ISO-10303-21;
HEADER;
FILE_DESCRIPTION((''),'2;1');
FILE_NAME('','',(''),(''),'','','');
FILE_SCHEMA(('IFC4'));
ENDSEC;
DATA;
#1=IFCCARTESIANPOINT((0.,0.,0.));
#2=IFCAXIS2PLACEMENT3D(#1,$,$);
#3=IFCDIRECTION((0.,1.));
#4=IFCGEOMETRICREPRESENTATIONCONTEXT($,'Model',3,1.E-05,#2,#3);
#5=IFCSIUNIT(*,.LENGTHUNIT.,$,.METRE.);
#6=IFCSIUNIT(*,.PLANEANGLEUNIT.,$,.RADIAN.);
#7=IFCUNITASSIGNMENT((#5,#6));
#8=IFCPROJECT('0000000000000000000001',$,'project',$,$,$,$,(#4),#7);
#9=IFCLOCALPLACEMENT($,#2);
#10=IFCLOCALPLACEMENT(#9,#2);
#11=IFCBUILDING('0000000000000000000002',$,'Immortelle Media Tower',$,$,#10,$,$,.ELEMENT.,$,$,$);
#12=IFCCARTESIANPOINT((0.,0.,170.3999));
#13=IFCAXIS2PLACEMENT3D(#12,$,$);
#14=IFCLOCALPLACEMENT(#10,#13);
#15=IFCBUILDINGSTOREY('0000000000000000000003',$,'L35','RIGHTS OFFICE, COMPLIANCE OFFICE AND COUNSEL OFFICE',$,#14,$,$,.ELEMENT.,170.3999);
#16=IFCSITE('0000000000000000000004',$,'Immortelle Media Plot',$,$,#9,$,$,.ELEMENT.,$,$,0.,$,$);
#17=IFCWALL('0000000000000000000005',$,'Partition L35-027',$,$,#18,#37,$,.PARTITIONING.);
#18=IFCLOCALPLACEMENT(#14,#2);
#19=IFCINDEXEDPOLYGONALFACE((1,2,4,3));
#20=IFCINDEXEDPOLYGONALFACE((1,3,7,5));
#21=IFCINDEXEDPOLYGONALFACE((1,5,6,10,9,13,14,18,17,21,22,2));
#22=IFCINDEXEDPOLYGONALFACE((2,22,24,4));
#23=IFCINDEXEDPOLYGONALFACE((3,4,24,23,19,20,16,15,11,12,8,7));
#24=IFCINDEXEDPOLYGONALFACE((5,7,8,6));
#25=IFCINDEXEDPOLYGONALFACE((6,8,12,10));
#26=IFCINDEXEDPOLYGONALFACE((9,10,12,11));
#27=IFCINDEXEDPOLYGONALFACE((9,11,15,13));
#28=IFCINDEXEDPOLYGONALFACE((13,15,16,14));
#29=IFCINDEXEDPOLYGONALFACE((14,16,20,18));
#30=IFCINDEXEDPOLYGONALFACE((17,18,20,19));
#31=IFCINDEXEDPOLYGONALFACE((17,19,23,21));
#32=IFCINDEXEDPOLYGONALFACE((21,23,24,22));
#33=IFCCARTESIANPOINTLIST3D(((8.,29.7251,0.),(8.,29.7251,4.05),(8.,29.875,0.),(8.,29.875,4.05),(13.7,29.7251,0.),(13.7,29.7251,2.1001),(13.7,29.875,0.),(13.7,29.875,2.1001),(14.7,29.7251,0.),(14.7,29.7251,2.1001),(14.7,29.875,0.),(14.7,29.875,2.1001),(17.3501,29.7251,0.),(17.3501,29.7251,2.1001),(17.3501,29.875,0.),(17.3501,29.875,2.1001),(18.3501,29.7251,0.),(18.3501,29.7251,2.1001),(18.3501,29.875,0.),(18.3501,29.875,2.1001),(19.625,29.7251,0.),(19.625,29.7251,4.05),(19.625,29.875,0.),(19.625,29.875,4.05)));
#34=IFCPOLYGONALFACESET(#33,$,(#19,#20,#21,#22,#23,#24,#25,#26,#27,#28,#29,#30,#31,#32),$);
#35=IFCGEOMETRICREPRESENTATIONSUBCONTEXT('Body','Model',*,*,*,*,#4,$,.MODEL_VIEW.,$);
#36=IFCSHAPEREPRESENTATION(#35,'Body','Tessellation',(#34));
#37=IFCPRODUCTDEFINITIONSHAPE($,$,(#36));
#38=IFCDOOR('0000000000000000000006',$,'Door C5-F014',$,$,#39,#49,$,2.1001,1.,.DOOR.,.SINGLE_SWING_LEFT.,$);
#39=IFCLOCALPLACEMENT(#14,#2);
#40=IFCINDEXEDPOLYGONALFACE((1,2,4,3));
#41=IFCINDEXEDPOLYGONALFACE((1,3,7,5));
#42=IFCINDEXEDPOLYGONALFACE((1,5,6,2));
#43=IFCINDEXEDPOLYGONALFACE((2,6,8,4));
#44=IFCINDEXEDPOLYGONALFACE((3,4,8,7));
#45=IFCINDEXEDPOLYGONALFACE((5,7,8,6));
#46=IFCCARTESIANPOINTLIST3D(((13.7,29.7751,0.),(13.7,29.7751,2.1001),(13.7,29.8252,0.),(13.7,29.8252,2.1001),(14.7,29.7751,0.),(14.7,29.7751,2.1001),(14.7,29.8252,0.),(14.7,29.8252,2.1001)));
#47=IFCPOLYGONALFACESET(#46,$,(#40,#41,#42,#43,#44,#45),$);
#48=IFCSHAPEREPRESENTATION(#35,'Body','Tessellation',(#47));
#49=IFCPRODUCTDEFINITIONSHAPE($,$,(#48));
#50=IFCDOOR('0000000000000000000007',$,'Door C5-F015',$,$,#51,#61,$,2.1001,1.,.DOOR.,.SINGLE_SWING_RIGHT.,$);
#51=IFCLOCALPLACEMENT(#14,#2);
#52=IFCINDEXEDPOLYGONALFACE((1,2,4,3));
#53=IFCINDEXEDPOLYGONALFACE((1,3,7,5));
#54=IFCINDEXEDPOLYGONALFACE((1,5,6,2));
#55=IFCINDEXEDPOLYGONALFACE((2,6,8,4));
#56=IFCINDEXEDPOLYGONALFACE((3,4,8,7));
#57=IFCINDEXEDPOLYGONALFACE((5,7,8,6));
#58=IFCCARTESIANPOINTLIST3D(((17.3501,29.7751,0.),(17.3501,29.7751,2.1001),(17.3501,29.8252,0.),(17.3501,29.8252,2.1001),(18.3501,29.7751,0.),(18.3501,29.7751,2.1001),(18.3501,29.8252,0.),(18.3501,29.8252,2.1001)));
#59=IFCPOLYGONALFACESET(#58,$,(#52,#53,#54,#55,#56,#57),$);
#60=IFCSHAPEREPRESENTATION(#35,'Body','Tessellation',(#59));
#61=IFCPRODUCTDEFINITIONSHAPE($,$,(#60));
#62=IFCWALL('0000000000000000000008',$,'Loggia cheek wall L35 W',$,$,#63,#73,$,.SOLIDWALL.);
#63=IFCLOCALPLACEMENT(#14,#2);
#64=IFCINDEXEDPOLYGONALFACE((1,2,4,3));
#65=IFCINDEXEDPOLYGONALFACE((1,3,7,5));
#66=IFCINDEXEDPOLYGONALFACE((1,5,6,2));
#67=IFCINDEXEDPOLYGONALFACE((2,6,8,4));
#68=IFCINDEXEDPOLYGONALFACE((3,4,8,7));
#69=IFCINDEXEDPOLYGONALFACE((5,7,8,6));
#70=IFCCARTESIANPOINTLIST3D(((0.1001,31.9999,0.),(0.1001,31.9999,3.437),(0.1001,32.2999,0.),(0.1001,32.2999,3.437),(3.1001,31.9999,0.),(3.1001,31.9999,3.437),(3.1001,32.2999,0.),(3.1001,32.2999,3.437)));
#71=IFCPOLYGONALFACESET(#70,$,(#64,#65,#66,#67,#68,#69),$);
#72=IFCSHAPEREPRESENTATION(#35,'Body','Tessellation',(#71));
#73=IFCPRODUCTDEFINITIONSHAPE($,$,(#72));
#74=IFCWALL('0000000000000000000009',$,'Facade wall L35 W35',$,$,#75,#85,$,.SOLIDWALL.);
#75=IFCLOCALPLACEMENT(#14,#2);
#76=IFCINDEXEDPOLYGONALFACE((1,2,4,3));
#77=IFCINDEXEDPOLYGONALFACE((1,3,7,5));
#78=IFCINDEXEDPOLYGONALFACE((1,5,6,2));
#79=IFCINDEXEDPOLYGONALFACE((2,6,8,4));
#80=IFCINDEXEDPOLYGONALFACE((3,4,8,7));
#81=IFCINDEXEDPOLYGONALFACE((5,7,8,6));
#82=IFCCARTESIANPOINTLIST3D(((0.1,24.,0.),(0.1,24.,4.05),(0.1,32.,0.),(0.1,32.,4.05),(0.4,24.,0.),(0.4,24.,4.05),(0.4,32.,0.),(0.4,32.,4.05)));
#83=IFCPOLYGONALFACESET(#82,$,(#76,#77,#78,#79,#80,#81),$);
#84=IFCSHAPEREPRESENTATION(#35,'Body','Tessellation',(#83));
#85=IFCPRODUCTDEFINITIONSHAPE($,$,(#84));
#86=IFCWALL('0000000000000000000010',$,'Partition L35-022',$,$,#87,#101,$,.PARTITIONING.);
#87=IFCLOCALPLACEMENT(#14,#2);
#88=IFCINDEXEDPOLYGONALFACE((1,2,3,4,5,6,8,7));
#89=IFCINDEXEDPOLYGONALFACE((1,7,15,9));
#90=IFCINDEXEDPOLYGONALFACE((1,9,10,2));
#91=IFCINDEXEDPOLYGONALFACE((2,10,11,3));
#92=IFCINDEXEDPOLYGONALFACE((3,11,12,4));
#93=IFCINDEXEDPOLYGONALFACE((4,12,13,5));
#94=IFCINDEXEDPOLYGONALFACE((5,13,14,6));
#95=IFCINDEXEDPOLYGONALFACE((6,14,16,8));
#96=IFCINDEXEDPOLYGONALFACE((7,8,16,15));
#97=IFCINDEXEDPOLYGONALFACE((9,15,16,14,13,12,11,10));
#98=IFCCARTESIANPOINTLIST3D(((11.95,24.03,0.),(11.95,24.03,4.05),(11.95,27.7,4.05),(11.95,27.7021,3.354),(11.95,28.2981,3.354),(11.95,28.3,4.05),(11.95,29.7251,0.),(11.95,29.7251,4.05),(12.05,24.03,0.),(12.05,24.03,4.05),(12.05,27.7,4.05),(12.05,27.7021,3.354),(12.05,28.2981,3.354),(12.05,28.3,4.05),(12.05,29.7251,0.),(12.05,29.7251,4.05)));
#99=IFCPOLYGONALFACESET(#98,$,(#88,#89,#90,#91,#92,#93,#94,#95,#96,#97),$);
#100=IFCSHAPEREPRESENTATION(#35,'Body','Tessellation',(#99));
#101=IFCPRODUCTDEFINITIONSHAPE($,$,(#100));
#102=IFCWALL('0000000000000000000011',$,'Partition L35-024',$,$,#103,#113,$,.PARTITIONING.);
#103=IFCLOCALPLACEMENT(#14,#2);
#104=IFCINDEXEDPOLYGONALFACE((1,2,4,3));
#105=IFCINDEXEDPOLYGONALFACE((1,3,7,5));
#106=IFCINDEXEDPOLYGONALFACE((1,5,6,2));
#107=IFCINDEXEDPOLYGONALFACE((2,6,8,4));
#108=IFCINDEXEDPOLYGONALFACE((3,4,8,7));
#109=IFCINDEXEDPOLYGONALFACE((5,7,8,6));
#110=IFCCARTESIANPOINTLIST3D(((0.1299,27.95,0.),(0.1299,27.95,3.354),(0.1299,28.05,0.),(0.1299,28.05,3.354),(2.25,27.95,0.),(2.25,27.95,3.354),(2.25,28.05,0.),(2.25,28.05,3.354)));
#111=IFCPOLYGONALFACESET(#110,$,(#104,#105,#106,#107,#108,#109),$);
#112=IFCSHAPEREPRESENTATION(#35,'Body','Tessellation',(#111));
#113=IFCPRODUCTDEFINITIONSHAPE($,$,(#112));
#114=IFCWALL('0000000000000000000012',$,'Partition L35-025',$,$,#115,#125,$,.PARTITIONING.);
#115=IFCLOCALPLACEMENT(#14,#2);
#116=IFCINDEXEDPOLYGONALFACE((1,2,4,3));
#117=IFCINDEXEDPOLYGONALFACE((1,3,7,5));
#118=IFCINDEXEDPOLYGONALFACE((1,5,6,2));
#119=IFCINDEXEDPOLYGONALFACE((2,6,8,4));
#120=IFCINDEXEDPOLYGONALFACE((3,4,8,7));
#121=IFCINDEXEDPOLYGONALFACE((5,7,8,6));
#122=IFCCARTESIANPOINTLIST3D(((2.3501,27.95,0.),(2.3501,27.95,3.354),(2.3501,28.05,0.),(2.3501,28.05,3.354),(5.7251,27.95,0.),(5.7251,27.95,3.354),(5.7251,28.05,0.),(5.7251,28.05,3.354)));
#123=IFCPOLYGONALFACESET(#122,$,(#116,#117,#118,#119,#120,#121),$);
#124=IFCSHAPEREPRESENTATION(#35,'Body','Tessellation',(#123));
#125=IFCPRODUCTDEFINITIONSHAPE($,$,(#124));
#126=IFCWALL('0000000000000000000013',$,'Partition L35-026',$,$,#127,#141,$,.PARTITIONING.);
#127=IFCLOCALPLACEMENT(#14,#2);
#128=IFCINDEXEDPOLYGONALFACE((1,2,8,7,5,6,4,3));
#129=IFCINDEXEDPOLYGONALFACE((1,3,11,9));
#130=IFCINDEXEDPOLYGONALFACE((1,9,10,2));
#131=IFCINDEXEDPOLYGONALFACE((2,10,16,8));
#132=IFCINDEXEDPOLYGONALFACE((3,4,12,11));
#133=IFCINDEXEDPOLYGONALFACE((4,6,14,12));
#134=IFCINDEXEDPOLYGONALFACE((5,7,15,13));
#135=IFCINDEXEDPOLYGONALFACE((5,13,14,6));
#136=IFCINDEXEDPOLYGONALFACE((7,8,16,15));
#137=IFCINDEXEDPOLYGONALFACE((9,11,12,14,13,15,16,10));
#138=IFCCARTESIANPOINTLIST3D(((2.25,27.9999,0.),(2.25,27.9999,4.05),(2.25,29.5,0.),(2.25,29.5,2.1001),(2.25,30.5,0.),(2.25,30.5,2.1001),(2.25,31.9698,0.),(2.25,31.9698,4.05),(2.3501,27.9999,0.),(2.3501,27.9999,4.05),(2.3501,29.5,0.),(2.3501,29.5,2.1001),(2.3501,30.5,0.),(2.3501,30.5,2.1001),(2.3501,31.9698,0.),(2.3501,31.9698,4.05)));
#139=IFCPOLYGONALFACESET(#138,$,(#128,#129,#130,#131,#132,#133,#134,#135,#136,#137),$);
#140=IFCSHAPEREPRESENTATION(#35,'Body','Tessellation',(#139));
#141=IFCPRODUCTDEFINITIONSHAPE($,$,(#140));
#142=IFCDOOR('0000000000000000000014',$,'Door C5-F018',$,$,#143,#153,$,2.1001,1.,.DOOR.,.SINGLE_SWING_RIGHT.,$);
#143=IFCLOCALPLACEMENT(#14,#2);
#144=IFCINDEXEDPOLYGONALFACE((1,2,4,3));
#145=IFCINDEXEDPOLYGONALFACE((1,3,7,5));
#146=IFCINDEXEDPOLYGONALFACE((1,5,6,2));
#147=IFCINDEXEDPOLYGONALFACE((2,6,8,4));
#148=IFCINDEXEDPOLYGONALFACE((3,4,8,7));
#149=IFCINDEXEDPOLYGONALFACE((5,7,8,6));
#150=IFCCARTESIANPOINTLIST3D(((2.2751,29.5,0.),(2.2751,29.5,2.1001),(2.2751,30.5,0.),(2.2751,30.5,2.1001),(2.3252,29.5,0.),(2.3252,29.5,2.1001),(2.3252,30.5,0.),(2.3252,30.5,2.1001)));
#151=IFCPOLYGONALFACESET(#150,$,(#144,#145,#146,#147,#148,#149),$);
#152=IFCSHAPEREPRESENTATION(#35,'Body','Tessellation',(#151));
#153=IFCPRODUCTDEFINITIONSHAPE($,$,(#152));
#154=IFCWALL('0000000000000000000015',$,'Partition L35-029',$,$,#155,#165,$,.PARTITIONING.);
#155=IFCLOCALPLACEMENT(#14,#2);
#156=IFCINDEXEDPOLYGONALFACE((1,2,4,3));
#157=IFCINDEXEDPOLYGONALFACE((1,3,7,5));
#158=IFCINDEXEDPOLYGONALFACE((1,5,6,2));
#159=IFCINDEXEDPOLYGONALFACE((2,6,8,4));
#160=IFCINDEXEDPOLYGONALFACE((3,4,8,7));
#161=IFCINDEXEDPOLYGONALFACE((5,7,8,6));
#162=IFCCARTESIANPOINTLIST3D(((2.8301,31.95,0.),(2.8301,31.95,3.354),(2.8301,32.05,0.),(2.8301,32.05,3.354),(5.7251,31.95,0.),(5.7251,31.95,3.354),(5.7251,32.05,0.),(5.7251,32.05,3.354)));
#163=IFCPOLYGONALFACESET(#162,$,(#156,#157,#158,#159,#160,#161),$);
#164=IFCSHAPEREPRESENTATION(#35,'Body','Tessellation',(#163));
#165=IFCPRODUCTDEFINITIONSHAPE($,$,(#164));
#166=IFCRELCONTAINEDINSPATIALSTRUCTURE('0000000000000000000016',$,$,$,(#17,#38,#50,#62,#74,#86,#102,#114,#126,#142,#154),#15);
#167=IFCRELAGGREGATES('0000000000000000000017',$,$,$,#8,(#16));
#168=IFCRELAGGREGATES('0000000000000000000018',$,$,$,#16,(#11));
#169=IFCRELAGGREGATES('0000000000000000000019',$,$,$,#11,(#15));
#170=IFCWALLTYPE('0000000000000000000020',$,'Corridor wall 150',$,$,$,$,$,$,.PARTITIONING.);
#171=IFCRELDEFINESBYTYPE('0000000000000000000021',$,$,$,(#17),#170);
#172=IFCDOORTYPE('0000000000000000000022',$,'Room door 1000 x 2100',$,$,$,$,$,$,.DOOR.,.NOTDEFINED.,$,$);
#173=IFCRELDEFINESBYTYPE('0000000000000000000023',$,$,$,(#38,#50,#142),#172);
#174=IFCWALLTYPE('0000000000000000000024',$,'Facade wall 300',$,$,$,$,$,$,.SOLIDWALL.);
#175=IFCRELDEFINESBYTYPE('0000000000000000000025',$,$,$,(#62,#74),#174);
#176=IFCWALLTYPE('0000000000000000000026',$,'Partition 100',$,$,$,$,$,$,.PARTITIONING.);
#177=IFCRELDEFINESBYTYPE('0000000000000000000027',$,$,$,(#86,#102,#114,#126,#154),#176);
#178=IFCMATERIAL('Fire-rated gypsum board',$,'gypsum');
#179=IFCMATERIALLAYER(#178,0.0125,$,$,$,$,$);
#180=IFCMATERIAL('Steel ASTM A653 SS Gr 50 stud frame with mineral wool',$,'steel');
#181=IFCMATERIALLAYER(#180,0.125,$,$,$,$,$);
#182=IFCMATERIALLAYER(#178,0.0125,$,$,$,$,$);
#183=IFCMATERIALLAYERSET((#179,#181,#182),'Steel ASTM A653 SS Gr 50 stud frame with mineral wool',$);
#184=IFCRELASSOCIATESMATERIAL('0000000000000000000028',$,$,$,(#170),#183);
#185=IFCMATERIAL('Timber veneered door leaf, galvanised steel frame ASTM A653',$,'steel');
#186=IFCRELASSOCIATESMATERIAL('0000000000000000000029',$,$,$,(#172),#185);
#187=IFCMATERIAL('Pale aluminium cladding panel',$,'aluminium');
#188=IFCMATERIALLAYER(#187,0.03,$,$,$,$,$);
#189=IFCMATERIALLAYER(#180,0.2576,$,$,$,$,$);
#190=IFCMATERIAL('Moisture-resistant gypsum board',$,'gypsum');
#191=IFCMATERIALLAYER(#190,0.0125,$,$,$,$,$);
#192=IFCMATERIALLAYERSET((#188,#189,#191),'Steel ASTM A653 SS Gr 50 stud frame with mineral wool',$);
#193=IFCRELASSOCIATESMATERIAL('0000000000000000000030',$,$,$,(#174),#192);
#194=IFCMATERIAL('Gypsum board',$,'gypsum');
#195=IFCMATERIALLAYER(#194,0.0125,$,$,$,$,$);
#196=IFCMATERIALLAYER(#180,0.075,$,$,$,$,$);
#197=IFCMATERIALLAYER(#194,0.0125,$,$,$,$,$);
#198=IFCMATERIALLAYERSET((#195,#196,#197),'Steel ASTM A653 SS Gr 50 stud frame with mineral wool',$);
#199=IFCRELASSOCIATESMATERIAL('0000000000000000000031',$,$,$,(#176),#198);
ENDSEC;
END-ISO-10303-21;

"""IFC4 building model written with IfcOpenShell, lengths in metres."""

from ifc_helpers import new_model, si_unit, direction, frame, frame_2d, origin, place, context, subcontext, project, spatial, polyline, rectangle, outline, extrude, material, layer, layer_set, type_object, element, fill, save


model = new_model("IFC4")

# Units and contexts
model_context = context("Model", 3, precision=1e-05, world=origin(), true_north=direction((0.0, 1.0)))
body_context = subcontext(model_context, "Body", "Model", "MODEL_VIEW")
ifc_project = project(units=[si_unit("LENGTHUNIT", "METRE"), si_unit("PLANEANGLEUNIT", "RADIAN")], contexts=[model_context])

# Site, building, storey
site_placement = place(None, origin())
site = spatial("IfcSite", under=ifc_project, at=site_placement, Name="Immortelle Media Plot", CompositionType="ELEMENT", RefElevation=0.0)
building_placement = place(site_placement, origin())
building = spatial("IfcBuilding", under=site, at=building_placement, Name="Immortelle Media Tower", CompositionType="ELEMENT")
storey_placement = place(building_placement, frame((0.0, 0.0, 170.3999)))
storey = spatial("IfcBuildingStorey", under=building, at=storey_placement, Name="L35", Description="RIGHTS OFFICE, COMPLIANCE OFFICE AND COUNSEL OFFICE", CompositionType="ELEMENT", Elevation=170.3999)

# Shared definitions
ifc_material_1 = material(Name="Fire-rated gypsum board", Category="gypsum")
ifc_layer_1 = layer(ifc_material_1, 0.0125)
ifc_material_2 = material(Name="Steel ASTM A653 SS Gr 50 stud frame with mineral wool", Category="steel")
ifc_layer_2 = layer(ifc_material_2, 0.125)
ifc_layer_3 = layer(ifc_material_1, 0.0125)
ifc_layer_set_1 = layer_set([ifc_layer_1, ifc_layer_2, ifc_layer_3], Name="Steel ASTM A653 SS Gr 50 stud frame with mineral wool")
wall_type_1 = type_object("IfcWallType", Name="Corridor wall 150", PredefinedType="PARTITIONING", material=ifc_layer_set_1)
ifc_material_3 = material(Name="Timber veneered door leaf, galvanised steel frame ASTM A653", Category="steel")
door_type_1 = type_object("IfcDoorType", Name="Room door 1000 x 2100", OperationType="NOTDEFINED", PredefinedType="DOOR", material=ifc_material_3)

# Wall, openings, doors
wall_1_placement = place(storey_placement, frame((8.0, 29.8, 0.0), z_axis=(0.0, 0.0, 1.0), x_axis=(1.0, 0.0, 0.0)))
wall_1 = element("IfcWall", 1, at=wall_1_placement, inside=storey, type_object=wall_type_1, Name="Partition L35-027", PredefinedType="PARTITIONING", context=body_context, shape_type="SweptSolid", body=[
    extrude(rectangle(XDim=11.625, YDim=0.1499, at=frame_2d((5.8125, 0.0))), origin(), (0.0, 0.0, 1.0), 4.05),
])
opening_1_placement = place(wall_1_placement, frame((6.7, 0.0, 0.0), z_axis=(0.0, 0.0, 1.0), x_axis=(-1.0, 0.0, 0.0)))
opening_1 = element("IfcOpeningElement", 2, at=opening_1_placement, cuts=wall_1, PredefinedType="OPENING", context=body_context, shape_type="SweptSolid", body=[
    extrude(rectangle(XDim=1.0, YDim=2.1001, at=frame_2d((0.5, 1.05))), frame((0.0, 0.085, 0.0), z_axis=(0.0, -1.0, 0.0), x_axis=(1.0, 0.0, 0.0)), (0.0, 0.0, 1.0), 0.1699),
])
opening_2_placement = place(wall_1_placement, frame((10.3501, 0.0, 0.0), z_axis=(0.0, 0.0, 1.0), x_axis=(-1.0, 0.0, 0.0)))
opening_2 = element("IfcOpeningElement", 3, at=opening_2_placement, cuts=wall_1, PredefinedType="OPENING", context=body_context, shape_type="SweptSolid", body=[
    extrude(rectangle(XDim=1.0, YDim=2.1001, at=frame_2d((0.5, 1.05))), frame((0.0, 0.085, 0.0), z_axis=(0.0, -1.0, 0.0), x_axis=(1.0, 0.0, 0.0)), (0.0, 0.0, 1.0), 0.1699),
])
door_1_placement = place(opening_1_placement, origin())
door_1 = element("IfcDoor", 4, at=door_1_placement, inside=storey, type_object=door_type_1, Name="Door C5-F014", OperationType="SINGLE_SWING_LEFT", OverallHeight=2.1001, OverallWidth=1.0, PredefinedType="DOOR", context=body_context, shape_type="SweptSolid", body=[
    extrude(rectangle(XDim=1.0, YDim=2.1001, at=frame_2d((0.5, 1.05))), frame((0.0, 0.0249, 0.0), z_axis=(0.0, -1.0, 0.0), x_axis=(1.0, 0.0, 0.0)), (0.0, 0.0, 1.0), 0.05),
])
fill(opening_1, door_1)
door_2_placement = place(opening_2_placement, origin())
door_2 = element("IfcDoor", 5, at=door_2_placement, inside=storey, type_object=door_type_1, Name="Door C5-F015", OperationType="SINGLE_SWING_RIGHT", OverallHeight=2.1001, OverallWidth=1.0, PredefinedType="DOOR", context=body_context, shape_type="SweptSolid", body=[
    extrude(rectangle(XDim=1.0, YDim=2.1001, at=frame_2d((0.5, 1.05))), frame((0.0, 0.0249, 0.0), z_axis=(0.0, -1.0, 0.0), x_axis=(1.0, 0.0, 0.0)), (0.0, 0.0, 1.0), 0.05),
])
fill(opening_2, door_2)

# Walls
ifc_material_4 = material(Name="Pale aluminium cladding panel", Category="aluminium")
ifc_layer_4 = layer(ifc_material_4, 0.03)
ifc_layer_5 = layer(ifc_material_2, 0.2576)
ifc_material_5 = material(Name="Moisture-resistant gypsum board", Category="gypsum")
ifc_layer_6 = layer(ifc_material_5, 0.0125)
ifc_layer_set_2 = layer_set([ifc_layer_4, ifc_layer_5, ifc_layer_6], Name="Steel ASTM A653 SS Gr 50 stud frame with mineral wool")
wall_type_2 = type_object("IfcWallType", Name="Facade wall 300", PredefinedType="SOLIDWALL", material=ifc_layer_set_2)
wall_2_placement = place(storey_placement, frame((0.1001, 32.1499, 0.0), z_axis=(0.0, 0.0, 1.0), x_axis=(1.0, 0.0, 0.0)))
element("IfcWall", 6, at=wall_2_placement, inside=storey, type_object=wall_type_2, Name="Loggia cheek wall L35 W", PredefinedType="SOLIDWALL", context=body_context, shape_type="SweptSolid", body=[
    extrude(rectangle(XDim=3.0, YDim=0.3, at=frame_2d((1.5, 0.0))), origin(), (0.0, 0.0, 1.0), 3.437),
])
wall_3_placement = place(storey_placement, frame((0.25, 32.0, 0.0), z_axis=(0.0, 0.0, 1.0), x_axis=(0.0, -1.0, 0.0)))
element("IfcWall", 7, at=wall_3_placement, inside=storey, type_object=wall_type_2, Name="Facade wall L35 W35", PredefinedType="SOLIDWALL", context=body_context, shape_type="SweptSolid", body=[
    extrude(rectangle(XDim=8.0, YDim=0.3, at=frame_2d((4.0, 0.0))), origin(), (0.0, 0.0, 1.0), 4.05),
])
ifc_material_6 = material(Name="Gypsum board", Category="gypsum")
ifc_layer_7 = layer(ifc_material_6, 0.0125)
ifc_layer_8 = layer(ifc_material_2, 0.075)
ifc_layer_9 = layer(ifc_material_6, 0.0125)
ifc_layer_set_3 = layer_set([ifc_layer_7, ifc_layer_8, ifc_layer_9], Name="Steel ASTM A653 SS Gr 50 stud frame with mineral wool")
wall_type_3 = type_object("IfcWallType", Name="Partition 100", PredefinedType="PARTITIONING", material=ifc_layer_set_3)
wall_4_placement = place(storey_placement, frame((12.0, 24.03, 0.0), z_axis=(0.0, 0.0, 1.0), x_axis=(0.0, 1.0, 0.0)))
element("IfcWall", 8, at=wall_4_placement, inside=storey, type_object=wall_type_3, Name="Partition L35-022", PredefinedType="PARTITIONING", context=body_context, shape_type="SweptSolid", body=[
    extrude(outline(polyline([(0.0, 0.0), (5.6951, 0.0), (5.6951, 4.05), (4.27, 4.05), (4.2681, 3.354), (3.6721, 3.354), (3.6699, 4.05), (0.0, 4.05), (0.0, 0.0)])), frame((0.0, 0.05, 0.0), z_axis=(0.0, -1.0, 0.0), x_axis=(1.0, 0.0, 0.0)), (0.0, 0.0, 1.0), 0.1001),
])
wall_5_placement = place(storey_placement, frame((0.1299, 28.0, 0.0), z_axis=(0.0, 0.0, 1.0), x_axis=(1.0, 0.0, 0.0)))
element("IfcWall", 9, at=wall_5_placement, inside=storey, type_object=wall_type_3, Name="Partition L35-024", PredefinedType="PARTITIONING", context=body_context, shape_type="SweptSolid", body=[
    extrude(rectangle(XDim=2.1201, YDim=0.1001, at=frame_2d((1.0601, 0.0))), origin(), (0.0, 0.0, 1.0), 3.354),
])
wall_6_placement = place(storey_placement, frame((2.3501, 28.0, 0.0), z_axis=(0.0, 0.0, 1.0), x_axis=(1.0, 0.0, 0.0)))
element("IfcWall", 10, at=wall_6_placement, inside=storey, type_object=wall_type_3, Name="Partition L35-025", PredefinedType="PARTITIONING", context=body_context, shape_type="SweptSolid", body=[
    extrude(rectangle(XDim=3.375, YDim=0.1001, at=frame_2d((1.6875, 0.0))), origin(), (0.0, 0.0, 1.0), 3.354),
])

# Wall, opening, door
wall_7_placement = place(storey_placement, frame((2.3, 28.0, 0.0), z_axis=(0.0, 0.0, 1.0), x_axis=(0.0, 1.0, 0.0)))
wall_7 = element("IfcWall", 11, at=wall_7_placement, inside=storey, type_object=wall_type_3, Name="Partition L35-026", PredefinedType="PARTITIONING", context=body_context, shape_type="SweptSolid", body=[
    extrude(rectangle(XDim=3.97, YDim=0.1001, at=frame_2d((1.9849, 0.0))), origin(), (0.0, 0.0, 1.0), 4.05),
])
opening_3_placement = place(wall_7_placement, frame((1.5, 0.0, 0.0)))
opening_3 = element("IfcOpeningElement", 12, at=opening_3_placement, cuts=wall_7, PredefinedType="OPENING", context=body_context, shape_type="SweptSolid", body=[
    extrude(rectangle(XDim=1.0, YDim=2.1001, at=frame_2d((0.5, 1.05))), frame((0.0, 0.0601, 0.0), z_axis=(0.0, -1.0, 0.0), x_axis=(1.0, 0.0, 0.0)), (0.0, 0.0, 1.0), 0.1201),
])
door_3_placement = place(opening_3_placement, origin())
door_3 = element("IfcDoor", 13, at=door_3_placement, inside=storey, type_object=door_type_1, Name="Door C5-F018", OperationType="SINGLE_SWING_RIGHT", OverallHeight=2.1001, OverallWidth=1.0, PredefinedType="DOOR", context=body_context, shape_type="SweptSolid", body=[
    extrude(rectangle(XDim=1.0, YDim=2.1001, at=frame_2d((0.5, 1.05))), frame((0.0, 0.0249, 0.0), z_axis=(0.0, -1.0, 0.0), x_axis=(1.0, 0.0, 0.0)), (0.0, 0.0, 1.0), 0.05),
])
fill(opening_3, door_3)

# Wall
wall_8_placement = place(storey_placement, frame((2.8301, 32.0, 0.0), z_axis=(0.0, 0.0, 1.0), x_axis=(1.0, 0.0, 0.0)))
element("IfcWall", 14, at=wall_8_placement, inside=storey, type_object=wall_type_3, Name="Partition L35-029", PredefinedType="PARTITIONING", context=body_context, shape_type="SweptSolid", body=[
    extrude(rectangle(XDim=2.895, YDim=0.1001, at=frame_2d((1.4475, 0.0))), origin(), (0.0, 0.0, 1.0), 3.354),
])

save(model, "model.ifc")
